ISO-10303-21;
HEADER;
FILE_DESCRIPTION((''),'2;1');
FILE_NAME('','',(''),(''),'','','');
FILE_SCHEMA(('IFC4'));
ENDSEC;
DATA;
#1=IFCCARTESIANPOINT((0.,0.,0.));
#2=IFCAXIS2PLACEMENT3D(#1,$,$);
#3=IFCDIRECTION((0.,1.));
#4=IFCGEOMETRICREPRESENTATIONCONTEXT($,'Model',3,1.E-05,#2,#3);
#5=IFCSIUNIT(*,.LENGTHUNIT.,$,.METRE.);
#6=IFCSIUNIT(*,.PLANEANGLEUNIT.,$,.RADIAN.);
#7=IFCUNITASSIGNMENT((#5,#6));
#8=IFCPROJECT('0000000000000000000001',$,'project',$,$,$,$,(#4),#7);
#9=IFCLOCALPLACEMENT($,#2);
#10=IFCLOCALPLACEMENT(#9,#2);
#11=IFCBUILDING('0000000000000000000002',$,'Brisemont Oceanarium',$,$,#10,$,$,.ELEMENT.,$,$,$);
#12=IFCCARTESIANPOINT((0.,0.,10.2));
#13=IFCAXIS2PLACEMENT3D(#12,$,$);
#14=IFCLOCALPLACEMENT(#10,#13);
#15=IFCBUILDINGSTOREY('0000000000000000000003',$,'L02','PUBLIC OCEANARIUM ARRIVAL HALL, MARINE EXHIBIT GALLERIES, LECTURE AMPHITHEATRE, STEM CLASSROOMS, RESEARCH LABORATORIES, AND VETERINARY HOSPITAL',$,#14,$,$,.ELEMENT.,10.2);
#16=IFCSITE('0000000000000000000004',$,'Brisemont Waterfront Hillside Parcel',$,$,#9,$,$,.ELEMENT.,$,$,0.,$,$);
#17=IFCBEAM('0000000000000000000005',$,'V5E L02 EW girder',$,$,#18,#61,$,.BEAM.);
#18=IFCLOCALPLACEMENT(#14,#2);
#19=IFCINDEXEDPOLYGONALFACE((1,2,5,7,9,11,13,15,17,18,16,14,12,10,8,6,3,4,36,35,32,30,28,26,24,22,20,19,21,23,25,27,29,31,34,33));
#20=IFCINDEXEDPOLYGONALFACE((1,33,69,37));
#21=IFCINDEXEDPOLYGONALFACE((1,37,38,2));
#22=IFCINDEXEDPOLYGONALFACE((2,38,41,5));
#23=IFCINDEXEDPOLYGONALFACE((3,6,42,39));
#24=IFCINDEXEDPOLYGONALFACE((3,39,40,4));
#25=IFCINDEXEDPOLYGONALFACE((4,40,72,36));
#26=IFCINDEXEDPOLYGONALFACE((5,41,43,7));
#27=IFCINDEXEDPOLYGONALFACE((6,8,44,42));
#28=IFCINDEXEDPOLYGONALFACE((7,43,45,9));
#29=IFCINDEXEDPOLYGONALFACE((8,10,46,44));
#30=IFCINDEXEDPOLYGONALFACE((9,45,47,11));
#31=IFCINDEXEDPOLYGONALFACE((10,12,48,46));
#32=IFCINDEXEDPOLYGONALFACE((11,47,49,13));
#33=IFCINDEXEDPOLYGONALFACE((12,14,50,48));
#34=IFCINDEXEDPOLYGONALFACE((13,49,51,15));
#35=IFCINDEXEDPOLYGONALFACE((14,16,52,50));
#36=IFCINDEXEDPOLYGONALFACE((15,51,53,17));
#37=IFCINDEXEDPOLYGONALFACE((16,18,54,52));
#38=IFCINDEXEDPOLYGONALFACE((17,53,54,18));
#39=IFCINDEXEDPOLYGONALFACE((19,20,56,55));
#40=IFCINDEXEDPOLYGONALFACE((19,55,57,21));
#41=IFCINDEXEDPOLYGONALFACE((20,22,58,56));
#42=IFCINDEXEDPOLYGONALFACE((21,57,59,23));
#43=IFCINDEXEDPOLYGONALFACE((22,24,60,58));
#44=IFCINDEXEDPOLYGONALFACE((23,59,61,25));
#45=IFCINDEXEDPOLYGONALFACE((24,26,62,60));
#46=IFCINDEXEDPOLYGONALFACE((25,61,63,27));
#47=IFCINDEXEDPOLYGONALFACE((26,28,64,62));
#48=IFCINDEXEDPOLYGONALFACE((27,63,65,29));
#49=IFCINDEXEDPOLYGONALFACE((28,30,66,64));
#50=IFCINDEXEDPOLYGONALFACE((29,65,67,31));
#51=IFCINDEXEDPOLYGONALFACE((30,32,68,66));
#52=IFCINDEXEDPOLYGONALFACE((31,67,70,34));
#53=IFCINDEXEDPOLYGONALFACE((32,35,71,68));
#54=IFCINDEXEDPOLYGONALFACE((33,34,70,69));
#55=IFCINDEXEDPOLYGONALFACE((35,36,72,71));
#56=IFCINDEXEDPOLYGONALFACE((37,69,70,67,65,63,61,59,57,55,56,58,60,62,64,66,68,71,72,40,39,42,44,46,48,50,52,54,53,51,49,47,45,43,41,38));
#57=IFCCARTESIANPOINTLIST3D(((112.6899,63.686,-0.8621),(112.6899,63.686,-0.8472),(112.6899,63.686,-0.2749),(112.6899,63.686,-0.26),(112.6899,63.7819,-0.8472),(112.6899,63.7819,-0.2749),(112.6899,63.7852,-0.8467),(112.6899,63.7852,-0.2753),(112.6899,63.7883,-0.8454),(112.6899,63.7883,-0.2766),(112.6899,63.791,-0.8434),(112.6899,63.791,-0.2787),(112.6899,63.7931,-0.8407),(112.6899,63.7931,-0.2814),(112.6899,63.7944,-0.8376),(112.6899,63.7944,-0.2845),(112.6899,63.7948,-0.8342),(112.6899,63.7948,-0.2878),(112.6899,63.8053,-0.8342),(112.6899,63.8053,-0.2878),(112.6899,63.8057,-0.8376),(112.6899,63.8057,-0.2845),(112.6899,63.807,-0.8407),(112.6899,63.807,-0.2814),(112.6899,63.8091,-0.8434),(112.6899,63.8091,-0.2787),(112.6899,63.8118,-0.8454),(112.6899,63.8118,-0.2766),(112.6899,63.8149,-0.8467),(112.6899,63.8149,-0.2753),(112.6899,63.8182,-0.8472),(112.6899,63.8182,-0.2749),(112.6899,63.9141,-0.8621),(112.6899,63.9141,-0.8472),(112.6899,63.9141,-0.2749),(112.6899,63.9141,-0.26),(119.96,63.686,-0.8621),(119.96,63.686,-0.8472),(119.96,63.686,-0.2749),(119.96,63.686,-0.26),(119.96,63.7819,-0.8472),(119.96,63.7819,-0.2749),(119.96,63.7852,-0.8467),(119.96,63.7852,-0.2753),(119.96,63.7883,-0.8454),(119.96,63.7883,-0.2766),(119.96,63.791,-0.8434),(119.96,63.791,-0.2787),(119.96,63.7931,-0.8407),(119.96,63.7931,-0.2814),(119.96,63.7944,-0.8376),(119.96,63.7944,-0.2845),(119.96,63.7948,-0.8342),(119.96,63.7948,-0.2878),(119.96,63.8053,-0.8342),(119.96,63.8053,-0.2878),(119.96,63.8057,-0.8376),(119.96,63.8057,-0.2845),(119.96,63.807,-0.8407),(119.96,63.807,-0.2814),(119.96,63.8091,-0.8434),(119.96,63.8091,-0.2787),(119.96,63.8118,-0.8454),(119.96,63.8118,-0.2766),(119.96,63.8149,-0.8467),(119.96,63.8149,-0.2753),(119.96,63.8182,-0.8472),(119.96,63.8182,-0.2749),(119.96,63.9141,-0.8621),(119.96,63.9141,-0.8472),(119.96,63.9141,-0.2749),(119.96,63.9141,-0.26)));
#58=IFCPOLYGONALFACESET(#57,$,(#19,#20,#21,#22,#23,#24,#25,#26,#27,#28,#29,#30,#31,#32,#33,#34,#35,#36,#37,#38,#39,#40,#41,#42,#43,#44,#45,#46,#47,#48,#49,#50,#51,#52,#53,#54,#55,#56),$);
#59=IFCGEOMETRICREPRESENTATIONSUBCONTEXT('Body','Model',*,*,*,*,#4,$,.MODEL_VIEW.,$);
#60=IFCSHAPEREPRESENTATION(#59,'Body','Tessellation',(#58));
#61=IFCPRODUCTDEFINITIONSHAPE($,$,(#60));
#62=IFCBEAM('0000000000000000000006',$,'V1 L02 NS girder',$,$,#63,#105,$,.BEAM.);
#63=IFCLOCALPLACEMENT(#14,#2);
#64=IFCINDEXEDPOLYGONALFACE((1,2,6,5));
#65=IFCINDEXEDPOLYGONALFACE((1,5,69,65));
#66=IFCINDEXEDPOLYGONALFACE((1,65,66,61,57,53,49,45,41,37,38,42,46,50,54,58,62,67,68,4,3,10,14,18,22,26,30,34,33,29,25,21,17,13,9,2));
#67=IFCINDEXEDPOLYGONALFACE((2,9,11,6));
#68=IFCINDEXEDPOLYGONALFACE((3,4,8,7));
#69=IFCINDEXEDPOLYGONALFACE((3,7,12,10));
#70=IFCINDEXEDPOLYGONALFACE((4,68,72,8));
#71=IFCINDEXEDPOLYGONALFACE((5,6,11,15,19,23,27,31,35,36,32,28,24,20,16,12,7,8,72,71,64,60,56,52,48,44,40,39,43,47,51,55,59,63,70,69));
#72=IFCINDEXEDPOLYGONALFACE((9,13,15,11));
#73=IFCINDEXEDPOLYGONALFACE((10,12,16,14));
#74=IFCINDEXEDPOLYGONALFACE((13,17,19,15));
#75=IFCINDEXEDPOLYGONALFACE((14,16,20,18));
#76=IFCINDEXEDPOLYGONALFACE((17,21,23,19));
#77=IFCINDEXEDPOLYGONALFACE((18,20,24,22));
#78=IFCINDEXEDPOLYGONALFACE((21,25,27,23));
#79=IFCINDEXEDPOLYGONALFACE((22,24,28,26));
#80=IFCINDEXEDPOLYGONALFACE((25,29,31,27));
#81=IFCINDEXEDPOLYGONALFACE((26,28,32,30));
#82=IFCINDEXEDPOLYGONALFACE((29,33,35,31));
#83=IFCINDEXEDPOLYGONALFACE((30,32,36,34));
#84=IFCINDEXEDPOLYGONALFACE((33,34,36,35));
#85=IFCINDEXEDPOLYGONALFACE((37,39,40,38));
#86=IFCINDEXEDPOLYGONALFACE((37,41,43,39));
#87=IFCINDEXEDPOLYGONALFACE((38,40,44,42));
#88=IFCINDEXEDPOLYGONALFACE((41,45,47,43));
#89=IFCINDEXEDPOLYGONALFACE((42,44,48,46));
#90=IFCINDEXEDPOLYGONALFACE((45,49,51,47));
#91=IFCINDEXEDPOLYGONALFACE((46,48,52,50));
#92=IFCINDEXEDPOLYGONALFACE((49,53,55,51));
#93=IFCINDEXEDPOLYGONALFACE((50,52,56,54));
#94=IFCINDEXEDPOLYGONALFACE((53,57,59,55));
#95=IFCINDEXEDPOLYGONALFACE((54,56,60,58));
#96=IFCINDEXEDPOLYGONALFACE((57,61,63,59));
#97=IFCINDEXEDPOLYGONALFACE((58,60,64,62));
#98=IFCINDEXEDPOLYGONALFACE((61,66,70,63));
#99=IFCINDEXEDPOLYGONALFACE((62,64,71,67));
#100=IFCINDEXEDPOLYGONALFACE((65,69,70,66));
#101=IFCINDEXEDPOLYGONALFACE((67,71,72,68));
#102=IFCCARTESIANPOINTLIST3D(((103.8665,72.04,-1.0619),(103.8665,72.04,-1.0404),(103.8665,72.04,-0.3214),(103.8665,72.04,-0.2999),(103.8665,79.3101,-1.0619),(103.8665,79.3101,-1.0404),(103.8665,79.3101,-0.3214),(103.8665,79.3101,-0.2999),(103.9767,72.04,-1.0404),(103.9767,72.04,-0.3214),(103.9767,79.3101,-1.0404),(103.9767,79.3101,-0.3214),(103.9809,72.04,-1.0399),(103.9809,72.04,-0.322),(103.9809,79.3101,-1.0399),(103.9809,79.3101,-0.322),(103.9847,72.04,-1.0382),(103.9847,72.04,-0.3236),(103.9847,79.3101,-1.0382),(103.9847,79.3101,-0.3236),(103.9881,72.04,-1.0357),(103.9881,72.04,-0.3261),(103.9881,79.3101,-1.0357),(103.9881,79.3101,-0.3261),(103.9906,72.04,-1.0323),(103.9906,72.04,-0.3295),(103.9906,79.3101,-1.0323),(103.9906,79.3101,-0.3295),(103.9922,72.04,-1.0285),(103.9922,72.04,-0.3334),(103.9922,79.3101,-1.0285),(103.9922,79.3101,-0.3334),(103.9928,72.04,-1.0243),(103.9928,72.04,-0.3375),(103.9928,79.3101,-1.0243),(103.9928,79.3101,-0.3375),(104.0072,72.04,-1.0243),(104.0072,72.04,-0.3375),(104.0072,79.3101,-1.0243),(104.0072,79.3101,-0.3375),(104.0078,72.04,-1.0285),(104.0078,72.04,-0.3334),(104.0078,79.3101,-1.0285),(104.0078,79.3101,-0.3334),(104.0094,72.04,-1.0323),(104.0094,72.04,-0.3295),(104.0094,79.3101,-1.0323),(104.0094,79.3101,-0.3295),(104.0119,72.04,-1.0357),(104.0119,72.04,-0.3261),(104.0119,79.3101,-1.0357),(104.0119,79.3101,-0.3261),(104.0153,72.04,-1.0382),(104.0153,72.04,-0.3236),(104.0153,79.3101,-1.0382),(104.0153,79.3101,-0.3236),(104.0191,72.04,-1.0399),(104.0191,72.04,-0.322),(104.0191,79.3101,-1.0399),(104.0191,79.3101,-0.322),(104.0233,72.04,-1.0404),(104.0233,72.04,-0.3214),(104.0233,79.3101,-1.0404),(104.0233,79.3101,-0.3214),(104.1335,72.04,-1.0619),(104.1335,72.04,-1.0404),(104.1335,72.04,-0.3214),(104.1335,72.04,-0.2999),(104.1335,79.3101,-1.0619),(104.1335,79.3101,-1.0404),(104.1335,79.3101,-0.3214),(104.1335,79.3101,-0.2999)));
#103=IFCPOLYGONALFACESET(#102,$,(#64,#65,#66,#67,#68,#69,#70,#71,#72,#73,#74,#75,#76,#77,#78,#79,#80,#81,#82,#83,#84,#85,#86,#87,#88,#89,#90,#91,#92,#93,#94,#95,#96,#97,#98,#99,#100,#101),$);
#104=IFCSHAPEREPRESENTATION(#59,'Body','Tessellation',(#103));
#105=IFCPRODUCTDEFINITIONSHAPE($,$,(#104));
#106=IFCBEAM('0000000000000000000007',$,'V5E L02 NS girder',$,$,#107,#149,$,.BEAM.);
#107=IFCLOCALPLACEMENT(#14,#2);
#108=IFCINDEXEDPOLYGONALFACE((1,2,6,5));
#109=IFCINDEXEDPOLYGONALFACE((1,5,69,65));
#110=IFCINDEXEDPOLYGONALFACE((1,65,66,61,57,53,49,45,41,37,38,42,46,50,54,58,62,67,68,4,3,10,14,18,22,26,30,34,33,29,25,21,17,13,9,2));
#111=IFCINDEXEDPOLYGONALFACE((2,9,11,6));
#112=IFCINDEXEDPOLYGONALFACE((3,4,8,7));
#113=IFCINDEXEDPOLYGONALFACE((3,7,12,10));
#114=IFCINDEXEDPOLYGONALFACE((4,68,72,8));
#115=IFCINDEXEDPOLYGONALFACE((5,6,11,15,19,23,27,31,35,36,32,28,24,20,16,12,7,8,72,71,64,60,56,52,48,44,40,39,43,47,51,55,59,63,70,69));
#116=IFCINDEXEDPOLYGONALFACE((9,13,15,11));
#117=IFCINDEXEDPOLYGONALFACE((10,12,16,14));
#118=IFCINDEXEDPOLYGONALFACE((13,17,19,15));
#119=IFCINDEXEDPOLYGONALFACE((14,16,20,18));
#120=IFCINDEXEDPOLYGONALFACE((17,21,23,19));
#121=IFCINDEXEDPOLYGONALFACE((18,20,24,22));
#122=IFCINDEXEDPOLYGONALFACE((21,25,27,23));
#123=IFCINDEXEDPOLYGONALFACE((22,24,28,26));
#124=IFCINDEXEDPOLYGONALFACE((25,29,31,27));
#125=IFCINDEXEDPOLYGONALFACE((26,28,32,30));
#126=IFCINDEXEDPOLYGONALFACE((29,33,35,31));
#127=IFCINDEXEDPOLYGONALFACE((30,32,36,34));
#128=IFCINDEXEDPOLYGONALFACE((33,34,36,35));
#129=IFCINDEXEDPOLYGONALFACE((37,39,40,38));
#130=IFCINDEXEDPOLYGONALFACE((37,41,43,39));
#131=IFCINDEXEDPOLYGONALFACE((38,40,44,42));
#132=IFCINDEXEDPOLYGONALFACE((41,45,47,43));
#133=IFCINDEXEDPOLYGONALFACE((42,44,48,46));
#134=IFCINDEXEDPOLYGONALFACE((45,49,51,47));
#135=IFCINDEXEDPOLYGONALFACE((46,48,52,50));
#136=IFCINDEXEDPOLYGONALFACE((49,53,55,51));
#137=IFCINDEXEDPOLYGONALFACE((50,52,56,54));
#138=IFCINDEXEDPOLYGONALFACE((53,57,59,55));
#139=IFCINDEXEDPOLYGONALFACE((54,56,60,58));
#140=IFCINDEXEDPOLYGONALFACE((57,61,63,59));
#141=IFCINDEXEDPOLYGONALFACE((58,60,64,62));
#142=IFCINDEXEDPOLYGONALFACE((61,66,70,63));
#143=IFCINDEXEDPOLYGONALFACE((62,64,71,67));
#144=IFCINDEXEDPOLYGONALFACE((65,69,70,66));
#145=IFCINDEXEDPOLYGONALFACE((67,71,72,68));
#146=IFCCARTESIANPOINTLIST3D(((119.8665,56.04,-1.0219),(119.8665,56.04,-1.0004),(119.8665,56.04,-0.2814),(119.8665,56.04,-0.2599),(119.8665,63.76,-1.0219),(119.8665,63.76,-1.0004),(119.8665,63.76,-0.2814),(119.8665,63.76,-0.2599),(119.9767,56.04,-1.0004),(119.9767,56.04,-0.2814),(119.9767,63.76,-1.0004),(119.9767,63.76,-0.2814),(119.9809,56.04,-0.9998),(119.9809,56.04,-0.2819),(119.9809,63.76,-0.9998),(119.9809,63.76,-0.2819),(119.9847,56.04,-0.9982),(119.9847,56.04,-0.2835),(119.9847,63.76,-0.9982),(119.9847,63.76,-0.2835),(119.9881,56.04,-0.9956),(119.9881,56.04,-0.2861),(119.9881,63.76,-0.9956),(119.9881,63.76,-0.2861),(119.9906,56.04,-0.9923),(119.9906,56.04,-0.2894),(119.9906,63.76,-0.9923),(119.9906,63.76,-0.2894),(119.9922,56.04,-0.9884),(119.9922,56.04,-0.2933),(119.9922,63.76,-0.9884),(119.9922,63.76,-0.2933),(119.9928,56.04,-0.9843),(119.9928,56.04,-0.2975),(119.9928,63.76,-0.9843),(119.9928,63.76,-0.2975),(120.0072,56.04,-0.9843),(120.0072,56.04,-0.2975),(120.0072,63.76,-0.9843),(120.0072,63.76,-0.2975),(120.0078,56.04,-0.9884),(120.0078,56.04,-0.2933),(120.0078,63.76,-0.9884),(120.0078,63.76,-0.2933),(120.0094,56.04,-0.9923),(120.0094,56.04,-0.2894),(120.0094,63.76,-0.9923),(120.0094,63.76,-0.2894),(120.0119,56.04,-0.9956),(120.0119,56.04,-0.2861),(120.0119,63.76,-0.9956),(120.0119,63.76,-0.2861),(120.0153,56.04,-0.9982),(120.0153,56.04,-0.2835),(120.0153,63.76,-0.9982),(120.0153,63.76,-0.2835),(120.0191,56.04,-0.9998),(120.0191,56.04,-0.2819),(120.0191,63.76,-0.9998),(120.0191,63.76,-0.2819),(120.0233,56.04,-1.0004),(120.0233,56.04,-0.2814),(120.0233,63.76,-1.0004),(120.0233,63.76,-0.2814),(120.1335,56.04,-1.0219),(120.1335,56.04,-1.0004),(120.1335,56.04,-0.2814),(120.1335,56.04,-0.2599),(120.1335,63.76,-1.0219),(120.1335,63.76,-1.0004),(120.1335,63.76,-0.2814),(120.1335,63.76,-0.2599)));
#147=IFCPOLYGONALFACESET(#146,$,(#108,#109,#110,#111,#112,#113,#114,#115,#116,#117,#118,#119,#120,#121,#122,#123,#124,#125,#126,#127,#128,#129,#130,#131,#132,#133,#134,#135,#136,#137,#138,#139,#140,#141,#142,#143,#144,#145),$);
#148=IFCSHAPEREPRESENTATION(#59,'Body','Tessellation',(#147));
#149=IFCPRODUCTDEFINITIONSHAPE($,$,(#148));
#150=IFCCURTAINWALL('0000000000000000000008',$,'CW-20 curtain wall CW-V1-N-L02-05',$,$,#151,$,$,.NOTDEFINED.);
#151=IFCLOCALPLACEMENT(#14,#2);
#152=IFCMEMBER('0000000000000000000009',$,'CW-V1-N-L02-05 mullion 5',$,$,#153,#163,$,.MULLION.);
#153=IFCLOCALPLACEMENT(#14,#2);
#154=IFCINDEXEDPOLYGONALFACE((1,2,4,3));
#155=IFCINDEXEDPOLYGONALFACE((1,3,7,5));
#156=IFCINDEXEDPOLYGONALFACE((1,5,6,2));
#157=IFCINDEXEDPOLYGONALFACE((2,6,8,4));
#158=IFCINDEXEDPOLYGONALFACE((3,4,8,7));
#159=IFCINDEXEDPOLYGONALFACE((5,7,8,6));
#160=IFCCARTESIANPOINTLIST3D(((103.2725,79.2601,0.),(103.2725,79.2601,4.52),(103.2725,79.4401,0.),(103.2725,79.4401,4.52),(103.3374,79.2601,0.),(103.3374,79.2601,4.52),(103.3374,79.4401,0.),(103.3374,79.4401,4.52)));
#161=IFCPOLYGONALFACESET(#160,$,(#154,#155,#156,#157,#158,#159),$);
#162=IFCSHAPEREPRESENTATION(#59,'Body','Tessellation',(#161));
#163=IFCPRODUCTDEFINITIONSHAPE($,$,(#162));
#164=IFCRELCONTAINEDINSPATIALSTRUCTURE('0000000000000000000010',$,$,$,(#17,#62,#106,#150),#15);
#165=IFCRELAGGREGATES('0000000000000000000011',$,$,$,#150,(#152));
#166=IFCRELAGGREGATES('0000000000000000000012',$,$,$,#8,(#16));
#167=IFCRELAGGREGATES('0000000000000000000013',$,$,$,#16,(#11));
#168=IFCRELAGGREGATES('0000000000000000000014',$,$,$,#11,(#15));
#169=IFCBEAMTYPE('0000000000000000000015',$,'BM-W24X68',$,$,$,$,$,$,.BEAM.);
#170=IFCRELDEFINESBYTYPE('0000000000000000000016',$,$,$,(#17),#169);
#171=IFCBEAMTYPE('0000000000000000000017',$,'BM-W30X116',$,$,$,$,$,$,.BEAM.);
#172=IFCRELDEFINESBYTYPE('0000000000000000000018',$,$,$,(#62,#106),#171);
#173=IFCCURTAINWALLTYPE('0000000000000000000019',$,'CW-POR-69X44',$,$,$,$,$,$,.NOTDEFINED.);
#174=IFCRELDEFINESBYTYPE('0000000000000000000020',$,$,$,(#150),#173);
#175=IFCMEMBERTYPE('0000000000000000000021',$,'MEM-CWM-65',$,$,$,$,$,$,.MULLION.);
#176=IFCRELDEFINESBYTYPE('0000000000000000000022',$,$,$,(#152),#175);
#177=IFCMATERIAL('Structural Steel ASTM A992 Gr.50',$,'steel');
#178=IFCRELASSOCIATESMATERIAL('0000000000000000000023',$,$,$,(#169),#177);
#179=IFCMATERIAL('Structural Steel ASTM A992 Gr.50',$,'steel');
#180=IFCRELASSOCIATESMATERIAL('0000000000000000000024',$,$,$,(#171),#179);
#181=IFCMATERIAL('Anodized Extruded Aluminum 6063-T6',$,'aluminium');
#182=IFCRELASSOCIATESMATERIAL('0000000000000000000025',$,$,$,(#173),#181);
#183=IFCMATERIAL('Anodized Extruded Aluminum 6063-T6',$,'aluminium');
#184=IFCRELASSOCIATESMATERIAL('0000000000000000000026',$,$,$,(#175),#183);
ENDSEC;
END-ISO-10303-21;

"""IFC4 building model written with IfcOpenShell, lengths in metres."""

from ifc_helpers import new_model, si_unit, direction, frame, origin, origin_2d, place, context, subcontext, project, spatial, rectangle, i_section, extrude, material, material_profile, profile_set, type_object, element, aggregate, save


model = new_model("IFC4")

# Units and contexts
model_context = context("Model", 3, precision=1e-05, world=origin(), true_north=direction((0.0, 1.0)))
body_context = subcontext(model_context, "Body", "Model", "MODEL_VIEW")
ifc_project = project(units=[si_unit("LENGTHUNIT", "METRE"), si_unit("PLANEANGLEUNIT", "RADIAN")], contexts=[model_context])

# Site, building, storey
site_placement = place(None, origin())
site = spatial("IfcSite", under=ifc_project, at=site_placement, Name="Brisemont Waterfront Hillside Parcel", CompositionType="ELEMENT", RefElevation=0.0)
building_placement = place(site_placement, origin())
building = spatial("IfcBuilding", under=site, at=building_placement, Name="Brisemont Oceanarium", CompositionType="ELEMENT")
storey_placement = place(building_placement, frame((0.0, 0.0, 10.2)))
storey = spatial("IfcBuildingStorey", under=building, at=storey_placement, Name="L02", Description="PUBLIC OCEANARIUM ARRIVAL HALL, MARINE EXHIBIT GALLERIES, LECTURE AMPHITHEATRE, STEM CLASSROOMS, RESEARCH LABORATORIES, AND VETERINARY HOSPITAL", CompositionType="ELEMENT", Elevation=10.2)

# Beams
ifc_material_1 = material(Name="Structural Steel ASTM A992 Gr.50", Category="steel")
ifc_material_profile_1 = material_profile(ifc_material_1, i_section(OverallWidth=0.228, OverallDepth=0.6021, WebThickness=0.0105, FlangeThickness=0.0149, FilletRadius=0.0129, at=origin_2d()), Name="W24X68")
ifc_profile_set_1 = profile_set([ifc_material_profile_1], Name="Structural Steel ASTM A992 Gr.50")
beam_type_1 = type_object("IfcBeamType", Name="BM-W24X68", PredefinedType="BEAM", material=ifc_profile_set_1)
beam_1_placement = place(storey_placement, frame((112.6899, 63.8, -0.561), z_axis=(1.0, 0.0, 0.0), x_axis=(0.0, 1.0, 0.0)))
element("IfcBeam", 1, at=beam_1_placement, inside=storey, type_object=beam_type_1, Name="V5E L02 EW girder", PredefinedType="BEAM", context=body_context, shape_type="SweptSolid", body=[
    extrude(i_section(OverallWidth=0.228, OverallDepth=0.6021, WebThickness=0.0105, FlangeThickness=0.0149, FilletRadius=0.0129, at=origin_2d()), origin(), (0.0, 0.0, 1.0), 7.27),
])
ifc_material_2 = material(Name="Structural Steel ASTM A992 Gr.50", Category="steel")
ifc_material_profile_2 = material_profile(ifc_material_2, i_section(OverallWidth=0.2671, OverallDepth=0.762, WebThickness=0.0144, FlangeThickness=0.0215, FilletRadius=0.0161, at=origin_2d()), Name="W30X116")
ifc_profile_set_2 = profile_set([ifc_material_profile_2], Name="Structural Steel ASTM A992 Gr.50")
beam_type_2 = type_object("IfcBeamType", Name="BM-W30X116", PredefinedType="BEAM", material=ifc_profile_set_2)
beam_2_placement = place(storey_placement, frame((104.0, 72.04, -0.6809), z_axis=(0.0, 1.0, 0.0), x_axis=(-1.0, 0.0, 0.0)))
element("IfcBeam", 2, at=beam_2_placement, inside=storey, type_object=beam_type_2, Name="V1 L02 NS girder", PredefinedType="BEAM", context=body_context, shape_type="SweptSolid", body=[
    extrude(i_section(OverallWidth=0.2671, OverallDepth=0.762, WebThickness=0.0144, FlangeThickness=0.0215, FilletRadius=0.0161, at=origin_2d()), origin(), (0.0, 0.0, 1.0), 7.27),
])
beam_3_placement = place(storey_placement, frame((120.0, 56.04, -0.6409), z_axis=(0.0, 1.0, 0.0), x_axis=(-1.0, 0.0, 0.0)))
element("IfcBeam", 3, at=beam_3_placement, inside=storey, type_object=beam_type_2, Name="V5E L02 NS girder", PredefinedType="BEAM", context=body_context, shape_type="SweptSolid", body=[
    extrude(i_section(OverallWidth=0.2671, OverallDepth=0.762, WebThickness=0.0144, FlangeThickness=0.0215, FilletRadius=0.0161, at=origin_2d()), origin(), (0.0, 0.0, 1.0), 7.72),
])

# Curtain wall, member
ifc_material_3 = material(Name="Anodized Extruded Aluminum 6063-T6", Category="aluminium")
curtain_wall_type = type_object("IfcCurtainWallType", Name="CW-POR-69X44", PredefinedType="NOTDEFINED", material=ifc_material_3)
curtain_wall_placement = place(storey_placement, origin())
curtain_wall = element("IfcCurtainWall", 4, at=curtain_wall_placement, inside=storey, type_object=curtain_wall_type, Name="CW-20 curtain wall CW-V1-N-L02-05", PredefinedType="NOTDEFINED")
ifc_material_4 = material(Name="Anodized Extruded Aluminum 6063-T6", Category="aluminium")
ifc_material_profile_3 = material_profile(ifc_material_4, rectangle(XDim=0.0649, YDim=0.1799, at=origin_2d()), Name="CWM-65X180")
ifc_profile_set_3 = profile_set([ifc_material_profile_3], Name="Anodized Extruded Aluminum 6063-T6")
member_type = type_object("IfcMemberType", Name="MEM-CWM-65", PredefinedType="MULLION", material=ifc_profile_set_3)
member_placement = place(storey_placement, frame((103.3049, 79.3501, 0.0), z_axis=(0.0, 0.0, 1.0), x_axis=(1.0, 0.0, 0.0)))
member = element("IfcMember", 5, at=member_placement, type_object=member_type, Name="CW-V1-N-L02-05 mullion 5", PredefinedType="MULLION", context=body_context, shape_type="SweptSolid", body=[
    extrude(rectangle(XDim=0.0649, YDim=0.1799, at=origin_2d()), origin(), (0.0, 0.0, 1.0), 4.52),
])
aggregate(curtain_wall, [member])

save(model, "model.ifc")
